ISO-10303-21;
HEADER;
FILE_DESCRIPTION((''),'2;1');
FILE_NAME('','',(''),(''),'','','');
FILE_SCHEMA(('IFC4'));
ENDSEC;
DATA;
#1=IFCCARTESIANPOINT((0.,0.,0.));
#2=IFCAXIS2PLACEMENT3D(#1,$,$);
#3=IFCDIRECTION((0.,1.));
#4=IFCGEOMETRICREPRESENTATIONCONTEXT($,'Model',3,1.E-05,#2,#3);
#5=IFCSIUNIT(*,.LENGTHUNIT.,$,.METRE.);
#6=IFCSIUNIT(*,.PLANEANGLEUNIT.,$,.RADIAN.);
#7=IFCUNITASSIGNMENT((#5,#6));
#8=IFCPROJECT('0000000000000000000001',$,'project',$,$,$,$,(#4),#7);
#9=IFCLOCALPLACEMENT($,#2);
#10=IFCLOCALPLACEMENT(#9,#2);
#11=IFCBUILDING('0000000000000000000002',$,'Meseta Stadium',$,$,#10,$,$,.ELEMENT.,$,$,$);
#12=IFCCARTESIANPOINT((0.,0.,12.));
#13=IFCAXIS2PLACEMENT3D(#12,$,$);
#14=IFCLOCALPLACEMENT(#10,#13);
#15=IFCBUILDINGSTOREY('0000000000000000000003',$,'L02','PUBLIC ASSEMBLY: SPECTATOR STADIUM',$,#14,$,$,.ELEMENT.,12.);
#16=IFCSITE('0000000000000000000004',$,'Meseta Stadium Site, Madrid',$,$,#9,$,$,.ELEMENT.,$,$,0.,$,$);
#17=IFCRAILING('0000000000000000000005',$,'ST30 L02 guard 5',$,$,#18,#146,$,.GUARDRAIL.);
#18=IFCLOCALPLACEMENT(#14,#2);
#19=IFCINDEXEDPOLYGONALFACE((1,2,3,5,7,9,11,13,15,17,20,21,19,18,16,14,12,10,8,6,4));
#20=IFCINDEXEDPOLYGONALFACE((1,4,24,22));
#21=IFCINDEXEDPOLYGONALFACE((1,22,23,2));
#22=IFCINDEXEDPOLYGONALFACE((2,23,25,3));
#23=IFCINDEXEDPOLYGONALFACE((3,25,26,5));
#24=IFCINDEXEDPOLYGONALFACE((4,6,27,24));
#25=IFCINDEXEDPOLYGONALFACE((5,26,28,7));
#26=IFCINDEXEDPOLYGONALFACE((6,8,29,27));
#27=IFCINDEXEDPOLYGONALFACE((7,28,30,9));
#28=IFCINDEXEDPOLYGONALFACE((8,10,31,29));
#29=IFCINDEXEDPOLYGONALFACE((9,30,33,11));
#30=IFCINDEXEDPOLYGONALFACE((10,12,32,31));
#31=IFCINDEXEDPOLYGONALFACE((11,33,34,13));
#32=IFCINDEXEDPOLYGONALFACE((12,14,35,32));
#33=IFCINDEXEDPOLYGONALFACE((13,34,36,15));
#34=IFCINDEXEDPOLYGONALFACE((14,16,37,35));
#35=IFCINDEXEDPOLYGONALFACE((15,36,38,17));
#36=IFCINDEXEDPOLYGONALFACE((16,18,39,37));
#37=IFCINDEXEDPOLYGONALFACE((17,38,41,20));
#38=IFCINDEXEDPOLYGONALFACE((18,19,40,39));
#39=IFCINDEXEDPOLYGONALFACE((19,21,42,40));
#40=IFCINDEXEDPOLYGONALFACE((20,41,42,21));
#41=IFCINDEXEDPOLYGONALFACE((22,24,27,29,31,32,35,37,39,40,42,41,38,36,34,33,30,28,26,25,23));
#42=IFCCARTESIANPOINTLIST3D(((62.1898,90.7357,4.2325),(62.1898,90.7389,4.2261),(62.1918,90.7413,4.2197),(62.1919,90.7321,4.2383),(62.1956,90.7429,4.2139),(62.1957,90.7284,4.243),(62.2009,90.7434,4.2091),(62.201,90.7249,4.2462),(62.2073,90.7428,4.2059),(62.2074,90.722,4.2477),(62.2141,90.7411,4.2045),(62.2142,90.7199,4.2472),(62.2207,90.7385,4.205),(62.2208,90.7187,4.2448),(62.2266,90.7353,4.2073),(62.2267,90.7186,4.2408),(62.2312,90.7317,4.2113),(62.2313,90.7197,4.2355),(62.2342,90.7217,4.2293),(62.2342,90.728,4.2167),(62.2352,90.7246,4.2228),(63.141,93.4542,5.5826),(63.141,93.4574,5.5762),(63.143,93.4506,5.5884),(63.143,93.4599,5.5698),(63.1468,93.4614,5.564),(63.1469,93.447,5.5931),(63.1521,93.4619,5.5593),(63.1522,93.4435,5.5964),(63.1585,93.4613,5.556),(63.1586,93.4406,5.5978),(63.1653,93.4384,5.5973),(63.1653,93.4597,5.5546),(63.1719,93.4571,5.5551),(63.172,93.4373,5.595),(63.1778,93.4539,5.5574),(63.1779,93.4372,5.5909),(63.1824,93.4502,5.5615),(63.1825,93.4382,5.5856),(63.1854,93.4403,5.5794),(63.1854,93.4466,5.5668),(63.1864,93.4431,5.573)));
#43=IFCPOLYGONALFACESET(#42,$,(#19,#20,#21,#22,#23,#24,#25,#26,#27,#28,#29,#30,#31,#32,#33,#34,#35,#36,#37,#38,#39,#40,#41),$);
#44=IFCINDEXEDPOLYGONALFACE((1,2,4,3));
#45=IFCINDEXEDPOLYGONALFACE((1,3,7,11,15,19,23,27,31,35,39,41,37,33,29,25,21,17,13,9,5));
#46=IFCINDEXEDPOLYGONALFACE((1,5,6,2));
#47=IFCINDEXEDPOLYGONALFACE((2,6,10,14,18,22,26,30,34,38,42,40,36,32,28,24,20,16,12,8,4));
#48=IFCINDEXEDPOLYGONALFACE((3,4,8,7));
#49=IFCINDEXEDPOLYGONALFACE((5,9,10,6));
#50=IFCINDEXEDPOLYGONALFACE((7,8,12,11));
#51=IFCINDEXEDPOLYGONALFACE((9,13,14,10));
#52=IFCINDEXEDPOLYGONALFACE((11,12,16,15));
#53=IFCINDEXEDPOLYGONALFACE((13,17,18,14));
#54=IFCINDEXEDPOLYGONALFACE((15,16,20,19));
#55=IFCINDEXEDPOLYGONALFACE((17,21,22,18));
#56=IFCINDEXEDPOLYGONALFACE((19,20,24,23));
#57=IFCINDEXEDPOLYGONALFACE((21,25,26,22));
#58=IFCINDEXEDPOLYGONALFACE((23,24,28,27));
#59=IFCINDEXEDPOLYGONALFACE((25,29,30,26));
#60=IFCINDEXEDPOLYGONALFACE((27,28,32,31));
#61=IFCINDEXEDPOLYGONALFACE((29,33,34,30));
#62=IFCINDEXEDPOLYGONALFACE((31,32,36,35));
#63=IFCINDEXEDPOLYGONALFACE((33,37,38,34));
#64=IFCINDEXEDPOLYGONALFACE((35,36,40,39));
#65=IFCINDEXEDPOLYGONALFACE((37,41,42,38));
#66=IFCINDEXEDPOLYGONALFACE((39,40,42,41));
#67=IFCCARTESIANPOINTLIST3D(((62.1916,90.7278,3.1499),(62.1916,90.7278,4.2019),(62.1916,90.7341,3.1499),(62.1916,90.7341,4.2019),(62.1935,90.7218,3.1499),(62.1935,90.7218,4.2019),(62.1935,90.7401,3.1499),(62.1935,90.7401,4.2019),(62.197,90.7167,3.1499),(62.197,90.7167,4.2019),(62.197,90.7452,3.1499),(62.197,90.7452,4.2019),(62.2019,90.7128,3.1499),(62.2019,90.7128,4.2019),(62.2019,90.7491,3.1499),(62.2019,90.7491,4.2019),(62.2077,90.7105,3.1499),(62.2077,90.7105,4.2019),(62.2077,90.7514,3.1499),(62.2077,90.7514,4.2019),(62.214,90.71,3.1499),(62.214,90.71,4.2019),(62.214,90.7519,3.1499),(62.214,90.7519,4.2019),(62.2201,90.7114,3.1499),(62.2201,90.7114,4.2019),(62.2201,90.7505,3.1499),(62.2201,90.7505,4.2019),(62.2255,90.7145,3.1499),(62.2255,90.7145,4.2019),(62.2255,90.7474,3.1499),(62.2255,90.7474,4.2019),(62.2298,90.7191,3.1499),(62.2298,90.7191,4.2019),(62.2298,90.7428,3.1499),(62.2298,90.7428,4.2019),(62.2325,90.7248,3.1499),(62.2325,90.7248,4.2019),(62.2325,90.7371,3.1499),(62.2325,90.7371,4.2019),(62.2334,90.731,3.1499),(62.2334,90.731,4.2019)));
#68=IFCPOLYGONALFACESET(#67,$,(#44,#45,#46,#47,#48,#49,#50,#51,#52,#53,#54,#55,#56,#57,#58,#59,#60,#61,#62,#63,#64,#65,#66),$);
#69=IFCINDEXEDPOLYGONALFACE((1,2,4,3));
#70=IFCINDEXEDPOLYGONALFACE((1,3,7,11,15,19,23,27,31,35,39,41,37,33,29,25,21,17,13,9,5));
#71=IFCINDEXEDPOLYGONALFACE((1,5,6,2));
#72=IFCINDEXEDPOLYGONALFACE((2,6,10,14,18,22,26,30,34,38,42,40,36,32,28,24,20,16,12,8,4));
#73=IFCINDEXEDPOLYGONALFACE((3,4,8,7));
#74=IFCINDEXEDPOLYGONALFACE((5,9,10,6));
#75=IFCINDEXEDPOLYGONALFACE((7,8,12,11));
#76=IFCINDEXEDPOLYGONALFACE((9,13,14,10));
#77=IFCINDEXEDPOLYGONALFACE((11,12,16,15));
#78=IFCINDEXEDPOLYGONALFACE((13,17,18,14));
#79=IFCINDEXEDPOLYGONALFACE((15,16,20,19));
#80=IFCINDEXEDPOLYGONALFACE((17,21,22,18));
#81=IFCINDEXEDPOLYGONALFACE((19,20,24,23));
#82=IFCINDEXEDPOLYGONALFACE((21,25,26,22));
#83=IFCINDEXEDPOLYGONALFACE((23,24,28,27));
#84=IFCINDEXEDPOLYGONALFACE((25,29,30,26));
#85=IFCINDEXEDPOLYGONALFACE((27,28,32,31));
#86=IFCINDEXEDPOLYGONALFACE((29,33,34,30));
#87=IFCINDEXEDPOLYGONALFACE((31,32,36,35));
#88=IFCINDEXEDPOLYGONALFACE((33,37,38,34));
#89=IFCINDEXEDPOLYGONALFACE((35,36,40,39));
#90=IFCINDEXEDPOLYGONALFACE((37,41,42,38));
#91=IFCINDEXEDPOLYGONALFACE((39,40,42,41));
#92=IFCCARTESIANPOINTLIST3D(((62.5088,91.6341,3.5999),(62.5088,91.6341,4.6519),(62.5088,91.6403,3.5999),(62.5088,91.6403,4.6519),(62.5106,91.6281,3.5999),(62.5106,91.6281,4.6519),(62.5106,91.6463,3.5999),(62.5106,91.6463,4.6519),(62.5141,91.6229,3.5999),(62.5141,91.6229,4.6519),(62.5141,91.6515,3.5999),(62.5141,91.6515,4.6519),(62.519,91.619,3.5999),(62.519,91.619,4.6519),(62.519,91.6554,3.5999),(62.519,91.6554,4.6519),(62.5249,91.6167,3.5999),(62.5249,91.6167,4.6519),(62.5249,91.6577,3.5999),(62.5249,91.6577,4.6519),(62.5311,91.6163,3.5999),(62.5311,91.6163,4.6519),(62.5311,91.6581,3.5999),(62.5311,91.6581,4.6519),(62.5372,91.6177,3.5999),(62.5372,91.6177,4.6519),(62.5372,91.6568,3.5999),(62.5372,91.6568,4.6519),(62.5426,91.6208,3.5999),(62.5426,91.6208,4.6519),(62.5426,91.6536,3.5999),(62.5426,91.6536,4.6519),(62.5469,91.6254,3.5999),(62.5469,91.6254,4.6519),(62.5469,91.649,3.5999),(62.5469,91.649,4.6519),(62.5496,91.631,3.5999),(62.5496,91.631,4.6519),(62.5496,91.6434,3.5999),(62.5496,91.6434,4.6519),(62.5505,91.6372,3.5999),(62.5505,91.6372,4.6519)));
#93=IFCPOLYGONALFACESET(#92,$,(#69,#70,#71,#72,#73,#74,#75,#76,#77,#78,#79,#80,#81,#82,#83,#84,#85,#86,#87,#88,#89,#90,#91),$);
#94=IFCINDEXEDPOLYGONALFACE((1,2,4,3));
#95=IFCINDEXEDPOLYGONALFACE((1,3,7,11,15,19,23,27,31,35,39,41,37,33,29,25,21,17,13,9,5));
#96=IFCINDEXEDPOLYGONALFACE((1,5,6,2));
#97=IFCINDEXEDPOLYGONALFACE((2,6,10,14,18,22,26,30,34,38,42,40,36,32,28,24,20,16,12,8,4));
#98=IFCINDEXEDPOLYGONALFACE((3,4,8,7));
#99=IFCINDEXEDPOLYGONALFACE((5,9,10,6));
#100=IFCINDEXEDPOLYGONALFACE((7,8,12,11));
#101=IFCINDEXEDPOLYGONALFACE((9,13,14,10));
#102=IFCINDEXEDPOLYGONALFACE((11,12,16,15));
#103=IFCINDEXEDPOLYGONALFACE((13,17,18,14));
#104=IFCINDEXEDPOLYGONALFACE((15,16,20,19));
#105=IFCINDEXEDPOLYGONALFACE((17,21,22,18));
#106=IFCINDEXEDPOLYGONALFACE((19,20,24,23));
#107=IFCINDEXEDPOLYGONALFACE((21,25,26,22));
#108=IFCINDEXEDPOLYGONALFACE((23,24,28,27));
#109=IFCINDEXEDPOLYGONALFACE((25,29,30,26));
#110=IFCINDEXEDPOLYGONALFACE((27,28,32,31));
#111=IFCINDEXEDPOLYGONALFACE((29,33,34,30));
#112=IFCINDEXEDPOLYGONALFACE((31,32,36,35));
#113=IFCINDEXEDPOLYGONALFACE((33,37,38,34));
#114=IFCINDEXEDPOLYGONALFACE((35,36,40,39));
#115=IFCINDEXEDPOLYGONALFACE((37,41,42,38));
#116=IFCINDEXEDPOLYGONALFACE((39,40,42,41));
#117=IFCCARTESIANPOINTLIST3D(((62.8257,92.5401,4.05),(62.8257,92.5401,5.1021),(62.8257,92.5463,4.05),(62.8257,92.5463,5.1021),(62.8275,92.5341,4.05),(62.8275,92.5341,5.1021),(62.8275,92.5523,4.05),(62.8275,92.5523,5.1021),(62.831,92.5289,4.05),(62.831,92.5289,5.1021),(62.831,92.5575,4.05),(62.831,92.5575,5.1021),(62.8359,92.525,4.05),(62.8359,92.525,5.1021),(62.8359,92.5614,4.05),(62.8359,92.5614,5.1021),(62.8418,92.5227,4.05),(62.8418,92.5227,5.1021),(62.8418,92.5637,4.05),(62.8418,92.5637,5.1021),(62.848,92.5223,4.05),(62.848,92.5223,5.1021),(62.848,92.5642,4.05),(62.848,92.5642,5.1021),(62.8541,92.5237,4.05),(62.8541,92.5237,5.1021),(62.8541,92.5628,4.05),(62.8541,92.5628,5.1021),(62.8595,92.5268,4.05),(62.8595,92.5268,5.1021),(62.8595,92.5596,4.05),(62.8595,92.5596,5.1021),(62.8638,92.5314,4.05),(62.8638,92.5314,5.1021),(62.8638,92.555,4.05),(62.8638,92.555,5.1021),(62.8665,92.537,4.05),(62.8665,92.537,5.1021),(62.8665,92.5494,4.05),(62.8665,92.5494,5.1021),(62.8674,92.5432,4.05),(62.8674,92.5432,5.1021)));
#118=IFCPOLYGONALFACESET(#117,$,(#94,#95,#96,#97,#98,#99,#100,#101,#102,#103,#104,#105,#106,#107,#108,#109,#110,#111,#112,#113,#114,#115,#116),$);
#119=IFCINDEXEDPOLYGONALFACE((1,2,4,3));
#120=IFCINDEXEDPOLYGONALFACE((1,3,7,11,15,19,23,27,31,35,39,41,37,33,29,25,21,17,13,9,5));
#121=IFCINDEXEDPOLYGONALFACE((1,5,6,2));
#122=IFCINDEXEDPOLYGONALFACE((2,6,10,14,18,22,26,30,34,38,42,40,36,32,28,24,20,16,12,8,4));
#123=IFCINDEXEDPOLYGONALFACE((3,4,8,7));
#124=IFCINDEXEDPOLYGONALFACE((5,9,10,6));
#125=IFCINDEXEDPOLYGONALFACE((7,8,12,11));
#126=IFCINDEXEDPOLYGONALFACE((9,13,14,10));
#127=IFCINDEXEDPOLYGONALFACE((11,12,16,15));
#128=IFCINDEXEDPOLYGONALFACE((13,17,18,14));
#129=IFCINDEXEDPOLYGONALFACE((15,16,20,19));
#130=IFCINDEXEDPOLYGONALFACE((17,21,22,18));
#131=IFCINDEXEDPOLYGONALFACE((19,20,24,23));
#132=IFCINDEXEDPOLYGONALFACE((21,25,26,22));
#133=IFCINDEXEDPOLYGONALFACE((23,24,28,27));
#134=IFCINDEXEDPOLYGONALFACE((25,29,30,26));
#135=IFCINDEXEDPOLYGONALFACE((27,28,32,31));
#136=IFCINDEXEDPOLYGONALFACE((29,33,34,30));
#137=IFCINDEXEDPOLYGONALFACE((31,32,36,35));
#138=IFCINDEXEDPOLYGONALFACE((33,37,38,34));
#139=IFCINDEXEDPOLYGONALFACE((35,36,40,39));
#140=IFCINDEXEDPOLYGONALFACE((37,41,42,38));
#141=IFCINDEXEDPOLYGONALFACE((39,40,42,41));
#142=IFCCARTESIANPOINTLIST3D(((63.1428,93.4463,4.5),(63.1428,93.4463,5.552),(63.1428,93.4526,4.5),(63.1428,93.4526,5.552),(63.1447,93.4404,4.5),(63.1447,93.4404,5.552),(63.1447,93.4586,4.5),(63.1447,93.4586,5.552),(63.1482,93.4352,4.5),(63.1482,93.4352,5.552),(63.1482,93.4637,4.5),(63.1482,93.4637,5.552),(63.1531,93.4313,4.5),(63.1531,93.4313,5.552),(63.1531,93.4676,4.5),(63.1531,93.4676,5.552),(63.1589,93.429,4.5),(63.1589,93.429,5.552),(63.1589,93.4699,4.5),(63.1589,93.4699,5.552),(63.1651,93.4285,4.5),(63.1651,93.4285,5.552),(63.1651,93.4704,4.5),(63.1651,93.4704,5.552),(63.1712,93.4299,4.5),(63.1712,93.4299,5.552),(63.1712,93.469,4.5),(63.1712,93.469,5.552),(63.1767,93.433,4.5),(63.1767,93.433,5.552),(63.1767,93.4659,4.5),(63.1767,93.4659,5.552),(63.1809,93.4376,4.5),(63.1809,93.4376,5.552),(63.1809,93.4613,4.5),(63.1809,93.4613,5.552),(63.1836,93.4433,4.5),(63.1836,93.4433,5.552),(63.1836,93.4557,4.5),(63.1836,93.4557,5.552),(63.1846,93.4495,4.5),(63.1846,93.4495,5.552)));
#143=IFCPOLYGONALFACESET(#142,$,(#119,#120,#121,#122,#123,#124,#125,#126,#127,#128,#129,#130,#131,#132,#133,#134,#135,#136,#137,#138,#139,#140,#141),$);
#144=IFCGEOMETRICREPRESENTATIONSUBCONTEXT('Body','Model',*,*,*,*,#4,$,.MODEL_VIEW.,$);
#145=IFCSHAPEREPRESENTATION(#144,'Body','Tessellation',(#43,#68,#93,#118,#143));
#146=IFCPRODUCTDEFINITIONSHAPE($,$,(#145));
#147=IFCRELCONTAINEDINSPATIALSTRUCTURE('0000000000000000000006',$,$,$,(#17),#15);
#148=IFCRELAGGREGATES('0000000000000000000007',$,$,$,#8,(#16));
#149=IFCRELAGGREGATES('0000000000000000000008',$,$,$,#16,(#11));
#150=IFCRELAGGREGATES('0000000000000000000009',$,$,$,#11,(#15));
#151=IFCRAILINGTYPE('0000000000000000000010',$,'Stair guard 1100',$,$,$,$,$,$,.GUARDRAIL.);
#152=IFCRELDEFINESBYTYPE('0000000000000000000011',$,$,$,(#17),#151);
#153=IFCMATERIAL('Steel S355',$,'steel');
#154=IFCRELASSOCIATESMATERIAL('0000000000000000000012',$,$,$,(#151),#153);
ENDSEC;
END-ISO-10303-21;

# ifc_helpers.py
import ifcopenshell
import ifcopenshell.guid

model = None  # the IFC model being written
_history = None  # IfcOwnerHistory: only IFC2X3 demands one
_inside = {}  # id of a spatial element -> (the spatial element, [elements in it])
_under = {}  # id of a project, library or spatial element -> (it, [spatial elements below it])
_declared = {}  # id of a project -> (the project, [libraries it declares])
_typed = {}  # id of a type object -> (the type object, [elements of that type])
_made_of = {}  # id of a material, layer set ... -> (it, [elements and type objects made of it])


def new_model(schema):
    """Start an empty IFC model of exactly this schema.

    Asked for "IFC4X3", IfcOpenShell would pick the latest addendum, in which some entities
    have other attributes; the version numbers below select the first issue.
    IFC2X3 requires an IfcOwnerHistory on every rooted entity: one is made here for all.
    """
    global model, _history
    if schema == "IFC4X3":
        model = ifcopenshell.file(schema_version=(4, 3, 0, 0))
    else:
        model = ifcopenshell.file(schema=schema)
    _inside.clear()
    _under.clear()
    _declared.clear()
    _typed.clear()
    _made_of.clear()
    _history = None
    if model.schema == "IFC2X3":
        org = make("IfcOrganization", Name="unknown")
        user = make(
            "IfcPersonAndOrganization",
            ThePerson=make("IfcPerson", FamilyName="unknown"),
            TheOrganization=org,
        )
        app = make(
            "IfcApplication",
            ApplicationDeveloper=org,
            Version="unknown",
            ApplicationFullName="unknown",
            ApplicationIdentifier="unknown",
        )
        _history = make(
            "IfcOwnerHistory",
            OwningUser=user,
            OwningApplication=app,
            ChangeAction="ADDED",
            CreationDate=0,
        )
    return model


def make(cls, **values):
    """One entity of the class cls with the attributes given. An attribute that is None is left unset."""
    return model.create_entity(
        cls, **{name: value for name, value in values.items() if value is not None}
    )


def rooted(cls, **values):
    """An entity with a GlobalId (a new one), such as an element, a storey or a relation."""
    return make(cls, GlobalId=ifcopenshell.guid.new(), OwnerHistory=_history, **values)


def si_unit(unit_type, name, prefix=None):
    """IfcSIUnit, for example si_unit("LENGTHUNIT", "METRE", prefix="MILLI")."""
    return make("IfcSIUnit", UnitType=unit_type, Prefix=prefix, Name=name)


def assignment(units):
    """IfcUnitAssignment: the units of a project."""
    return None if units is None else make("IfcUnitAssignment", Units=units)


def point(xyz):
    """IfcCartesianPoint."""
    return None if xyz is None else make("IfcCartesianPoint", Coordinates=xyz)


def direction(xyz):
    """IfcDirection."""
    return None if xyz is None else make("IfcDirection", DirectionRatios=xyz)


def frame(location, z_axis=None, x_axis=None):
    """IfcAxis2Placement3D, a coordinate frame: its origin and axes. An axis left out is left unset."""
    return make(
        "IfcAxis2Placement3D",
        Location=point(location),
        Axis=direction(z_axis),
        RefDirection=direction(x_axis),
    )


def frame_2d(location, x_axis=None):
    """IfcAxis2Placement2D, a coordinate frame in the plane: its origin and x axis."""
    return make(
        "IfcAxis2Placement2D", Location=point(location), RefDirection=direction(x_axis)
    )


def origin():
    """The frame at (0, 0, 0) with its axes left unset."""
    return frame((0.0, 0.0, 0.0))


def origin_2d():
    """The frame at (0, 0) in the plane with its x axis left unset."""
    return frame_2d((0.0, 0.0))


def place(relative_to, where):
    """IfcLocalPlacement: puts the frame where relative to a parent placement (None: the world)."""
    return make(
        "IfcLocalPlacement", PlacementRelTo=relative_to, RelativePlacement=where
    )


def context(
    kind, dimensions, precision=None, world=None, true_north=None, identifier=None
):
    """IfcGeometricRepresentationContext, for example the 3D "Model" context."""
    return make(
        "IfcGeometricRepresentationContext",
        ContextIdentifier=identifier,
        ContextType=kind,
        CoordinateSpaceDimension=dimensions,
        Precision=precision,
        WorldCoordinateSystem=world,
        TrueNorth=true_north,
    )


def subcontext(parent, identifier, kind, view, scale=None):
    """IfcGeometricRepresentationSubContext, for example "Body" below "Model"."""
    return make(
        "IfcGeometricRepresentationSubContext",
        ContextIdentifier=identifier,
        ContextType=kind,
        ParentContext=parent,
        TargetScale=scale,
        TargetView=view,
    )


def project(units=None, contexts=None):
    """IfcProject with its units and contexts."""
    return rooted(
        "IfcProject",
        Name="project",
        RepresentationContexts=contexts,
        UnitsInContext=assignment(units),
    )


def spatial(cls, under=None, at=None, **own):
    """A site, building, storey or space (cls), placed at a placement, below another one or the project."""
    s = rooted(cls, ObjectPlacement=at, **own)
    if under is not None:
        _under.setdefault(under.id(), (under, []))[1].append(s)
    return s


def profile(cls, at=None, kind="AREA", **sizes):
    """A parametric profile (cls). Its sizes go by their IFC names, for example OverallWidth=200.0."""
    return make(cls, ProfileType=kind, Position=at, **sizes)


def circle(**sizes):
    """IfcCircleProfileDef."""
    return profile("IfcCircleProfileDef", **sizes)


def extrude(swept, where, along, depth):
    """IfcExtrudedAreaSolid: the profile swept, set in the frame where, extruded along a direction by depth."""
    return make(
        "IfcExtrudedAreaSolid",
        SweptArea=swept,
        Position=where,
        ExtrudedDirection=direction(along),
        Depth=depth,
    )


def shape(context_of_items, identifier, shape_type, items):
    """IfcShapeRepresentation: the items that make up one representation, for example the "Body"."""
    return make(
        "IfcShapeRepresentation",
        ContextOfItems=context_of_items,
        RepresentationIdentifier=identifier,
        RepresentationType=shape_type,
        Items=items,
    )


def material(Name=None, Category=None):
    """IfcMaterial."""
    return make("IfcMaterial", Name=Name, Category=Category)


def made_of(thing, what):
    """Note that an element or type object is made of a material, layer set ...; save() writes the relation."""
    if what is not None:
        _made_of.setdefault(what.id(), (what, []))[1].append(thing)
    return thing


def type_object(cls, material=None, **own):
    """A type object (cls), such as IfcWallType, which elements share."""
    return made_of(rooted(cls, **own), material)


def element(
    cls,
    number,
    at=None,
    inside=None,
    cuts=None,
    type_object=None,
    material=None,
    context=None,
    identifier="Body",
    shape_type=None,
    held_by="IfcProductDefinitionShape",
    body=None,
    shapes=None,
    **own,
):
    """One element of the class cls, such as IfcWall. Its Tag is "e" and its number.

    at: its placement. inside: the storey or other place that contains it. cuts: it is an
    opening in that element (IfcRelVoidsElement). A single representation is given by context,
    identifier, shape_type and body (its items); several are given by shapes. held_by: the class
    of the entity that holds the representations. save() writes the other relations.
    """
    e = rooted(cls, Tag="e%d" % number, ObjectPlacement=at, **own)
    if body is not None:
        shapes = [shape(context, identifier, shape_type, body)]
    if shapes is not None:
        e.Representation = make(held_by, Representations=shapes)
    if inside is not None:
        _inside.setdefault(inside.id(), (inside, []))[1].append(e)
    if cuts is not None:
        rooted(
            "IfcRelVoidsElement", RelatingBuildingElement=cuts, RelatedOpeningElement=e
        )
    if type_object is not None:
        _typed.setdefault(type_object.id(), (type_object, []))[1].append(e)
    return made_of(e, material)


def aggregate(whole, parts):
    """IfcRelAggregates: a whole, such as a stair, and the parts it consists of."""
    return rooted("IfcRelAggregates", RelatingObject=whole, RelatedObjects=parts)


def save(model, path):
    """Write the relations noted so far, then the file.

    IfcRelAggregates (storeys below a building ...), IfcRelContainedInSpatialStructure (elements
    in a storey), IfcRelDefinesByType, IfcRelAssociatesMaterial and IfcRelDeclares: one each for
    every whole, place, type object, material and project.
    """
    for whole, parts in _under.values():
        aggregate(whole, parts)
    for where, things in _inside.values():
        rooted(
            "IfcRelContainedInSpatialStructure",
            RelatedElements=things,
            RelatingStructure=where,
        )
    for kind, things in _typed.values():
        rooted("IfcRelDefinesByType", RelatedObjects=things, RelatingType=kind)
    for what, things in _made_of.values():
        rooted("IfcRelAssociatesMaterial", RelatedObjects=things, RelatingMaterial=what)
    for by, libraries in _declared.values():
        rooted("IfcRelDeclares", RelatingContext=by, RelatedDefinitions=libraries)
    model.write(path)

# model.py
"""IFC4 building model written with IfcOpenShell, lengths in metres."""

from ifc_helpers import new_model, si_unit, direction, frame, origin, origin_2d, place, context, subcontext, project, spatial, circle, extrude, material, type_object, element, save


model = new_model("IFC4")

# Units and contexts
model_context = context("Model", 3, precision=1e-05, world=origin(), true_north=direction((0.0, 1.0)))
body_context = subcontext(model_context, "Body", "Model", "MODEL_VIEW")
ifc_project = project(units=[si_unit("LENGTHUNIT", "METRE"), si_unit("PLANEANGLEUNIT", "RADIAN")], contexts=[model_context])

# Site, building, storey
site_placement = place(None, origin())
site = spatial("IfcSite", under=ifc_project, at=site_placement, Name="Meseta Stadium Site, Madrid", CompositionType="ELEMENT", RefElevation=0.0)
building_placement = place(site_placement, origin())
building = spatial("IfcBuilding", under=site, at=building_placement, Name="Meseta Stadium", CompositionType="ELEMENT")
storey_placement = place(building_placement, frame((0.0, 0.0, 12.0)))
storey = spatial("IfcBuildingStorey", under=building, at=storey_placement, Name="L02", Description="PUBLIC ASSEMBLY: SPECTATOR STADIUM", CompositionType="ELEMENT", Elevation=12.0)

# Railing
ifc_material_1 = material(Name="Steel S355", Category="steel")
railing_type_1 = type_object("IfcRailingType", Name="Stair guard 1100", PredefinedType="GUARDRAIL", material=ifc_material_1)
railing_1_placement = place(storey_placement, frame((62.2124, 90.731, 3.1499)))
element("IfcRailing", 1, at=railing_1_placement, inside=storey, type_object=railing_type_1, Name="ST30 L02 guard 5", PredefinedType="GUARDRAIL", context=body_context, shape_type="SweptSolid", body=[
    extrude(circle(Radius=0.0239, at=origin_2d()), frame((0.0, 0.0, 1.0762), z_axis=(0.299031, 0.854649, 0.424446), x_axis=(-0.943891, 0.330256, 0.0)), (0.0, 0.0, 1.0), 3.1809),
    extrude(circle(Radius=0.021, at=origin_2d()), origin(), (0.0, 0.0, 1.0), 1.052),
    extrude(circle(Radius=0.021, at=origin_2d()), frame((0.3171, 0.9062, 0.45)), (0.0, 0.0, 1.0), 1.052),
    extrude(circle(Radius=0.021, at=origin_2d()), frame((0.634, 1.8123, 0.9001)), (0.0, 0.0, 1.0), 1.052),
    extrude(circle(Radius=0.021, at=origin_2d()), frame((0.9512, 2.7185, 1.3501)), (0.0, 0.0, 1.0), 1.052),
])

save(model, "model.ifc")
